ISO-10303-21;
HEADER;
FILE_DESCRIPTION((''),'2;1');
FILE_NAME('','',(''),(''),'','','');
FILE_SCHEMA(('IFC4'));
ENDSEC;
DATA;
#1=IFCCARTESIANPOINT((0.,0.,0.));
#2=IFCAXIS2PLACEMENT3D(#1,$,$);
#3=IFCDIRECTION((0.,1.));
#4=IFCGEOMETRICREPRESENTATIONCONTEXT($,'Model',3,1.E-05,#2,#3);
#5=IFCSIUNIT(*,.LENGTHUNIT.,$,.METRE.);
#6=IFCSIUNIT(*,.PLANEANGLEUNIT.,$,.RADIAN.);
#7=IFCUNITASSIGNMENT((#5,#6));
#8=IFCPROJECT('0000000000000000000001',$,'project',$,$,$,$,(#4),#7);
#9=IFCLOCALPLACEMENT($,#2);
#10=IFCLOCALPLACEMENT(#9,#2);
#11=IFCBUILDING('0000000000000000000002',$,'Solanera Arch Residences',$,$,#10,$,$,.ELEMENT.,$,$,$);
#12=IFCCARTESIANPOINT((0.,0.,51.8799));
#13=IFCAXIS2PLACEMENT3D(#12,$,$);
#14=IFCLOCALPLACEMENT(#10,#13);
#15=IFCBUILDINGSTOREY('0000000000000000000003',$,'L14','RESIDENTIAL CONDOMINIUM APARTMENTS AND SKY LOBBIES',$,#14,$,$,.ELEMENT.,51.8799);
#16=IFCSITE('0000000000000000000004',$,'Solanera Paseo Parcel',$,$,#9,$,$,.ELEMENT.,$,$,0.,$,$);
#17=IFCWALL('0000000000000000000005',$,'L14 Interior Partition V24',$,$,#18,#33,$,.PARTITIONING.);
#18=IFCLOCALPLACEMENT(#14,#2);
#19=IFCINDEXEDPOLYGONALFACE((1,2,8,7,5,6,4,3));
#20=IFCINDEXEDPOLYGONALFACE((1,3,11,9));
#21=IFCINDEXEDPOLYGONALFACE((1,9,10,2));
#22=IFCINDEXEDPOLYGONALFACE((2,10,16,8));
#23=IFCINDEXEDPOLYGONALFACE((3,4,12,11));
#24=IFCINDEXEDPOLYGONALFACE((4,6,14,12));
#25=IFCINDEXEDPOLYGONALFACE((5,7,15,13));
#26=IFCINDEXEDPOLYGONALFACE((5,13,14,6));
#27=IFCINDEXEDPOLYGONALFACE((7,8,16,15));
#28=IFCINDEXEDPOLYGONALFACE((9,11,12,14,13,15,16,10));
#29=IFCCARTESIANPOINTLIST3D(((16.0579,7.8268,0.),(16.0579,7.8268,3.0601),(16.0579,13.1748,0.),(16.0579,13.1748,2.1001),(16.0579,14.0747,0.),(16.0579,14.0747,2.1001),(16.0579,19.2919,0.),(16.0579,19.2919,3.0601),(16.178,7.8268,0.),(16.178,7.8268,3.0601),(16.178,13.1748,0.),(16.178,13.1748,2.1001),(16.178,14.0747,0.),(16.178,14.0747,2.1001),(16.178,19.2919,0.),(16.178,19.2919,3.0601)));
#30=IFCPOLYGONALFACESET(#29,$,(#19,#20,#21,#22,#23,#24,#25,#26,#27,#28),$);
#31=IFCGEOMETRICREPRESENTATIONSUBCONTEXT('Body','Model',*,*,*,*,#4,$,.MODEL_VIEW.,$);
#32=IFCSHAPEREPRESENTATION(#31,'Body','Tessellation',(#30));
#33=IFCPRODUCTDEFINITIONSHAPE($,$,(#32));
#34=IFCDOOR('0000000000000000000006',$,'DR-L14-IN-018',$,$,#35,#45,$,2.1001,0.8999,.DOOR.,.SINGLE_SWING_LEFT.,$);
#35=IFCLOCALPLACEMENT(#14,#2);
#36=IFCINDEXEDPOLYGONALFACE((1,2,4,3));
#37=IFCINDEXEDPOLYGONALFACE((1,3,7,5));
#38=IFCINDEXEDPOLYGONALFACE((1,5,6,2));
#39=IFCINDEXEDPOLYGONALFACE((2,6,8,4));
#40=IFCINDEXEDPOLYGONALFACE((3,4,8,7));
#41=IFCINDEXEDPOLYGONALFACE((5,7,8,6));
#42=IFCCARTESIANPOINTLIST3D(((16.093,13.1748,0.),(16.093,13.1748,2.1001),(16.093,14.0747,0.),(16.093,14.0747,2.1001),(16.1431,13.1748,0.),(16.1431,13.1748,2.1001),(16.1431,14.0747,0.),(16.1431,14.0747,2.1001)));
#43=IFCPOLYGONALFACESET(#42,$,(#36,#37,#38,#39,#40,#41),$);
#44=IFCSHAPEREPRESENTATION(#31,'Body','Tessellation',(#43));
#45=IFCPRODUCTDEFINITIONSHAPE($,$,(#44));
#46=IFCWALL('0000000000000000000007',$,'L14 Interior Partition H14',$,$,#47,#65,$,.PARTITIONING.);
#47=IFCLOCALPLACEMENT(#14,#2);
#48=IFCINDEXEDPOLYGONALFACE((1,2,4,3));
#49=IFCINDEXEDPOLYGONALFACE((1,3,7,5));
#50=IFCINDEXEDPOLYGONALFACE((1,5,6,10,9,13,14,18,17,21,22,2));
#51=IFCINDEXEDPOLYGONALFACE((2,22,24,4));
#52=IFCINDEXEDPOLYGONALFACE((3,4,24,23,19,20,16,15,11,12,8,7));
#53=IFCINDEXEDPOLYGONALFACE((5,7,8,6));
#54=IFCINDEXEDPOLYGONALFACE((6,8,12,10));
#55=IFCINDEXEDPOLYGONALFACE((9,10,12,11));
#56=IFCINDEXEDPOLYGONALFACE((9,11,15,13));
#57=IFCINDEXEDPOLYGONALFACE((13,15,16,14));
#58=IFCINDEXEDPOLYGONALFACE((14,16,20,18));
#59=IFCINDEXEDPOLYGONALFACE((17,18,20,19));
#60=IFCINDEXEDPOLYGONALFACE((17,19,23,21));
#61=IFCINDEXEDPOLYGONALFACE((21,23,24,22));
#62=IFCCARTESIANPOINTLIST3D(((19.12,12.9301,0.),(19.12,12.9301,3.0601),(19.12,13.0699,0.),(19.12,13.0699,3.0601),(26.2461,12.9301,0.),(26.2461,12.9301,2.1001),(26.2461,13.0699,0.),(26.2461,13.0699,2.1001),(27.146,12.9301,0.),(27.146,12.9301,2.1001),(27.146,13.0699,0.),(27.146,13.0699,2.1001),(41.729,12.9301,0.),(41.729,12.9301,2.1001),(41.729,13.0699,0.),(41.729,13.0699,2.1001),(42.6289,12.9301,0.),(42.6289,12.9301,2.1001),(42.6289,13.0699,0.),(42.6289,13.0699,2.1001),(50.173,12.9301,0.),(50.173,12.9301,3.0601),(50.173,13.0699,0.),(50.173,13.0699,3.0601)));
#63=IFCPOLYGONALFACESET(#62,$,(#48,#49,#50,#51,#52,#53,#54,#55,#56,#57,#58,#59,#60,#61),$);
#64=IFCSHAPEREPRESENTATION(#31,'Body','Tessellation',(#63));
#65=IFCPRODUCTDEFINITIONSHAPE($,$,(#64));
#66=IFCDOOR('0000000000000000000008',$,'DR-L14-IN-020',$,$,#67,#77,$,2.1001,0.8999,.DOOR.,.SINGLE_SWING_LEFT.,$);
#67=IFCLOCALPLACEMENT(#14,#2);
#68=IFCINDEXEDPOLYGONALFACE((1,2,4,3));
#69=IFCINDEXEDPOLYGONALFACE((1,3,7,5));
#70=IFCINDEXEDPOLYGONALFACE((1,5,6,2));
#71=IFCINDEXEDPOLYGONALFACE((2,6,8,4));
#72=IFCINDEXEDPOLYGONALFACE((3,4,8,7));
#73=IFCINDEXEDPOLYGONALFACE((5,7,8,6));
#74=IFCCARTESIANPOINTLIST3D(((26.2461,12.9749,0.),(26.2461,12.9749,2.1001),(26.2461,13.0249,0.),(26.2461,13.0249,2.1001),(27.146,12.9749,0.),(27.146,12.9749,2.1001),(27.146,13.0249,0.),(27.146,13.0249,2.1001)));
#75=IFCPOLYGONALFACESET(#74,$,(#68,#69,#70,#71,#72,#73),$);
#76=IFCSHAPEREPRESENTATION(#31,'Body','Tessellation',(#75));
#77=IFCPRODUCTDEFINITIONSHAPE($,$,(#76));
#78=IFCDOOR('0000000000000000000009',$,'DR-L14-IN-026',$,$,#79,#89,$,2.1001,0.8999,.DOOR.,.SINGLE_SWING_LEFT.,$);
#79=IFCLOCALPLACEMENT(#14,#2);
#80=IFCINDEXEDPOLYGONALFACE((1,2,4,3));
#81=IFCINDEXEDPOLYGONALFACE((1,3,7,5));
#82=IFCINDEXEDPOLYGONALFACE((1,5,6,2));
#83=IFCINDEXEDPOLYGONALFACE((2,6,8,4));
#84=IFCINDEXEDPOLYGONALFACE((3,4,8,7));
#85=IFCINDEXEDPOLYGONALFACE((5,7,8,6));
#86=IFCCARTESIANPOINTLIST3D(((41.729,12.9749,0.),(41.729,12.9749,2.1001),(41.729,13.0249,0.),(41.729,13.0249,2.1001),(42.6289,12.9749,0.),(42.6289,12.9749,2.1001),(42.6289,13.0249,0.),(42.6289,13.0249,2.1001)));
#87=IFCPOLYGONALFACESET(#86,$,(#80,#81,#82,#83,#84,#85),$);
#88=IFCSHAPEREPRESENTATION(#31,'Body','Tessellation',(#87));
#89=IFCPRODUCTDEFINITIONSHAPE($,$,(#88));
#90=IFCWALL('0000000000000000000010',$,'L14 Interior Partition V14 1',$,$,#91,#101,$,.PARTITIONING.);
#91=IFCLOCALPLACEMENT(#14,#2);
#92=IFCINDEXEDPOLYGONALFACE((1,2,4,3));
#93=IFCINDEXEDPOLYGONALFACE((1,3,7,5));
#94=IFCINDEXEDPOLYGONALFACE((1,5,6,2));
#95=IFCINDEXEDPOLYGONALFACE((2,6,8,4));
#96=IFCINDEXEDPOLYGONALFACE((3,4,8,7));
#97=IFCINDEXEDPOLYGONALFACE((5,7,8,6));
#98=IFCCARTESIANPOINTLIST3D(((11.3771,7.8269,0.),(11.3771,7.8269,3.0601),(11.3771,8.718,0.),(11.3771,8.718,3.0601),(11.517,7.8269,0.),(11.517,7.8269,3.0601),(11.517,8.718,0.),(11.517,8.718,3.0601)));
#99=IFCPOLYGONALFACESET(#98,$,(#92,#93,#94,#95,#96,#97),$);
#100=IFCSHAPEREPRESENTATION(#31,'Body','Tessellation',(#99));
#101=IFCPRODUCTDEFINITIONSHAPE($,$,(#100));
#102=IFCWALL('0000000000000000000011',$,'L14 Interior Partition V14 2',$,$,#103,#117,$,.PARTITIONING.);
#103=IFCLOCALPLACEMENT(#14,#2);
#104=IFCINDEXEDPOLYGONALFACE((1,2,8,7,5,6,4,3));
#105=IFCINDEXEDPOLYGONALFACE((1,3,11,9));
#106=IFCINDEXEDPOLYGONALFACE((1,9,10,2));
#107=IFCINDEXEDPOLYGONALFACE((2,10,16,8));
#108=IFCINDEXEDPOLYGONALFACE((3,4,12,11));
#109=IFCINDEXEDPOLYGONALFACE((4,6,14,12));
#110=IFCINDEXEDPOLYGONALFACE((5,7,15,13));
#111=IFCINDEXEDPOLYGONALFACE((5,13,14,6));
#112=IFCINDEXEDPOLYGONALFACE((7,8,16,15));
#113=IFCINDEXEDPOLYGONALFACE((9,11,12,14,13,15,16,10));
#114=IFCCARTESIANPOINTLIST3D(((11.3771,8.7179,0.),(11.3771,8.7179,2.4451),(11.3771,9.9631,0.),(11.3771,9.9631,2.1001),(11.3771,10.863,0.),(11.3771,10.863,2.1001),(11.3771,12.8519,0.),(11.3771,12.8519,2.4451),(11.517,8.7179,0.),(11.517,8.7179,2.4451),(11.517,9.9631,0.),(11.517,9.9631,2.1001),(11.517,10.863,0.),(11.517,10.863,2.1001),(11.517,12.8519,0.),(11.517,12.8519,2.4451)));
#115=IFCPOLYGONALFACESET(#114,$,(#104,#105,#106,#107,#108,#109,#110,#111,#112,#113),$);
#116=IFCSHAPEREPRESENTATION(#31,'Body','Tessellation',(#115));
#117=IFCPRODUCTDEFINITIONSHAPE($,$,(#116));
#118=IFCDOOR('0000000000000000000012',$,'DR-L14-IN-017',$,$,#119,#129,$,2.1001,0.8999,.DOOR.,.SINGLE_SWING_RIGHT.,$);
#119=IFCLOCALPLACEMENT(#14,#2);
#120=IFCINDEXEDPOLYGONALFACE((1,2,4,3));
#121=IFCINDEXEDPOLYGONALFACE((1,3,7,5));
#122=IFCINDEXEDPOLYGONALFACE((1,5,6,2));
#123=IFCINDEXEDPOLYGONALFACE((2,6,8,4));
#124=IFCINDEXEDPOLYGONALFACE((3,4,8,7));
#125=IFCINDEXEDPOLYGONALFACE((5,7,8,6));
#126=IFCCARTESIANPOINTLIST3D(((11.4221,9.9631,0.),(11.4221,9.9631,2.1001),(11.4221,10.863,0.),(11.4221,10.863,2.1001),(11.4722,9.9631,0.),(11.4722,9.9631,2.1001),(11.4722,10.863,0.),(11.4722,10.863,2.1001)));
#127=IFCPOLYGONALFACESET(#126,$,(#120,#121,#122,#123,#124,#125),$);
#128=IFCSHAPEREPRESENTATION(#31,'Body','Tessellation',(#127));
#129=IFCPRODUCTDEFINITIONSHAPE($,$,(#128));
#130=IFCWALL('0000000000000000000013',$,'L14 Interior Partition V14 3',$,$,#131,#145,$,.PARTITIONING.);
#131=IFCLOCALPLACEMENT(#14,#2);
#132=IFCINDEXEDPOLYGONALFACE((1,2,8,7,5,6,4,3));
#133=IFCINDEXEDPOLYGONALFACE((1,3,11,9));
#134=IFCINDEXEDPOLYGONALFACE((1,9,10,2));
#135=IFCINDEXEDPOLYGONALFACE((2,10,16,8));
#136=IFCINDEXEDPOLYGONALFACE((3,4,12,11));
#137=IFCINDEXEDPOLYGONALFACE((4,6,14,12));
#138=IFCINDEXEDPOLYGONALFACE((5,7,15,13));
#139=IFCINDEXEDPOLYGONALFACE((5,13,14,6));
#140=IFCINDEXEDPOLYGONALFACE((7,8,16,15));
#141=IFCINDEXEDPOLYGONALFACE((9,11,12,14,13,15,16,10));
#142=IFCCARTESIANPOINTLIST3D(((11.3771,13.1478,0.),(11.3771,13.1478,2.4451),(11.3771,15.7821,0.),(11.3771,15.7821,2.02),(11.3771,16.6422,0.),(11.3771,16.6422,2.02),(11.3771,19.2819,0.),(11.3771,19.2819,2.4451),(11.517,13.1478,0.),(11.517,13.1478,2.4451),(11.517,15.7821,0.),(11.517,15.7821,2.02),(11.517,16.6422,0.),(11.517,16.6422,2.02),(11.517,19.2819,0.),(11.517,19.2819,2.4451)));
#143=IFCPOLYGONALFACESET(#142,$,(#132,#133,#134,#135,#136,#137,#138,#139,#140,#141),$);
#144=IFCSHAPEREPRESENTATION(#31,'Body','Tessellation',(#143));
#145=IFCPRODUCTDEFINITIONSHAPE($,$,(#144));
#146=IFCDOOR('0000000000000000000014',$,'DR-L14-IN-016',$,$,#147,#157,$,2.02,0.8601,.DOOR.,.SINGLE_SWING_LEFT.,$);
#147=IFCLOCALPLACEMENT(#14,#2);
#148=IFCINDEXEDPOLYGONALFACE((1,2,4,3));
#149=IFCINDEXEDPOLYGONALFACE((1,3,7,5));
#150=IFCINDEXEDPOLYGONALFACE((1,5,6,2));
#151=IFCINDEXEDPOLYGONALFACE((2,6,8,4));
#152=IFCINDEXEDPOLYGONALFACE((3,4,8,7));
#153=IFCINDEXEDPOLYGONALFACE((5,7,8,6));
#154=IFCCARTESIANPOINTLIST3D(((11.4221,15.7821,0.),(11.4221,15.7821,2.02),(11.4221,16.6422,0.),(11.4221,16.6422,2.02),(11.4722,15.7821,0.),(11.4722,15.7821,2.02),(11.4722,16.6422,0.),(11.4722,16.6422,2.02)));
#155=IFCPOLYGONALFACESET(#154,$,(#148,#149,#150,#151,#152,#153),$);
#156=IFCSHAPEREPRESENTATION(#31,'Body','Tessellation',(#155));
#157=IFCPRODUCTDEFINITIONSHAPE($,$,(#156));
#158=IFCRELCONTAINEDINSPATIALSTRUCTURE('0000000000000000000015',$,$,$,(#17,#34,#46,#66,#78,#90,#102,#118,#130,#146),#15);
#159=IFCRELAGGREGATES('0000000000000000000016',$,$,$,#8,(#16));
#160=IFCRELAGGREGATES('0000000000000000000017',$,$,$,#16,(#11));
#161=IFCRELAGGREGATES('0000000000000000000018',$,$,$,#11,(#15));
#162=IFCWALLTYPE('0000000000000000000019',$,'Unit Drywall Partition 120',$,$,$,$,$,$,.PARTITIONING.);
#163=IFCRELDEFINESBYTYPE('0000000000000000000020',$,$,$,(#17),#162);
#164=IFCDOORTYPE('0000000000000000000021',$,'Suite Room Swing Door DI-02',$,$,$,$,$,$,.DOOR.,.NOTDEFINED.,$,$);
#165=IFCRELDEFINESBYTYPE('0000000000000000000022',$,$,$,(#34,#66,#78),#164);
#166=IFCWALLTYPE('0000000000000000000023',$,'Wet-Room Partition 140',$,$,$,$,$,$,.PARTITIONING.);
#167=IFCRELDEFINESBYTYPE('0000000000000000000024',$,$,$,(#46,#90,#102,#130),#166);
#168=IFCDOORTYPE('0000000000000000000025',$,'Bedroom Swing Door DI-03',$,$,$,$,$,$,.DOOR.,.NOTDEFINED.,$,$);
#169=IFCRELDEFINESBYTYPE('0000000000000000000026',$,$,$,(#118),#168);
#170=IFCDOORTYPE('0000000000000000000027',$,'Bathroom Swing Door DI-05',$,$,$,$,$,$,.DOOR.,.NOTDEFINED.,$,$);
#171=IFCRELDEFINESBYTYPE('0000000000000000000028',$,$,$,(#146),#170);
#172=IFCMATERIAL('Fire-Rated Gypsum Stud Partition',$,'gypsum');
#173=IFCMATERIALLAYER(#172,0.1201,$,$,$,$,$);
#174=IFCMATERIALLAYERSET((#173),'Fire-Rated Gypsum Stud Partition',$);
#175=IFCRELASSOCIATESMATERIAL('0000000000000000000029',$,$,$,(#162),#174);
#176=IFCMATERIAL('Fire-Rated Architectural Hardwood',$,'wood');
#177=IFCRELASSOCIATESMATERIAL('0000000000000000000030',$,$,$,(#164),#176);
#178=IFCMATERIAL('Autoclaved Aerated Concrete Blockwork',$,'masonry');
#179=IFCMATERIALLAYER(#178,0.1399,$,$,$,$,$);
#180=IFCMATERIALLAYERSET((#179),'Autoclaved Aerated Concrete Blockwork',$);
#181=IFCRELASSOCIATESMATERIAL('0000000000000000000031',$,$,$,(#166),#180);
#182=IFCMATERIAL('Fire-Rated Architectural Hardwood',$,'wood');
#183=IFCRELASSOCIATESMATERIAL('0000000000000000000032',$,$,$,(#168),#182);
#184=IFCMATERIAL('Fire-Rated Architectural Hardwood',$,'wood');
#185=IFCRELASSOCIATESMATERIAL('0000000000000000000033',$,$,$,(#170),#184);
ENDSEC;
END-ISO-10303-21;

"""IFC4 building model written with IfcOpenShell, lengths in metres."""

from ifc_helpers import new_model, si_unit, direction, frame, frame_2d, origin, place, context, subcontext, project, spatial, rectangle, extrude, material, layer, layer_set, type_object, element, fill, save


model = new_model("IFC4")

# Units and contexts
model_context = context("Model", 3, precision=1e-05, world=origin(), true_north=direction((0.0, 1.0)))
body_context = subcontext(model_context, "Body", "Model", "MODEL_VIEW")
ifc_project = project(units=[si_unit("LENGTHUNIT", "METRE"), si_unit("PLANEANGLEUNIT", "RADIAN")], contexts=[model_context])

# Site, building, storey
site_placement = place(None, origin())
site = spatial("IfcSite", under=ifc_project, at=site_placement, Name="Solanera Paseo Parcel", CompositionType="ELEMENT", RefElevation=0.0)
building_placement = place(site_placement, origin())
building = spatial("IfcBuilding", under=site, at=building_placement, Name="Solanera Arch Residences", CompositionType="ELEMENT")
storey_placement = place(building_placement, frame((0.0, 0.0, 51.8799)))
storey = spatial("IfcBuildingStorey", under=building, at=storey_placement, Name="L14", Description="RESIDENTIAL CONDOMINIUM APARTMENTS AND SKY LOBBIES", CompositionType="ELEMENT", Elevation=51.8799)

# Wall, opening, door
ifc_material_1 = material(Name="Fire-Rated Gypsum Stud Partition", Category="gypsum")
ifc_layer_1 = layer(ifc_material_1, 0.1201)
ifc_layer_set_1 = layer_set([ifc_layer_1], Name="Fire-Rated Gypsum Stud Partition")
wall_type_1 = type_object("IfcWallType", Name="Unit Drywall Partition 120", PredefinedType="PARTITIONING", material=ifc_layer_set_1)
wall_1_placement = place(storey_placement, frame((16.1179, 7.8269, 0.0), z_axis=(0.0, 0.0, 1.0), x_axis=(0.0, 1.0, 0.0)))
wall_1 = element("IfcWall", 1, at=wall_1_placement, inside=storey, type_object=wall_type_1, Name="L14 Interior Partition V24", PredefinedType="PARTITIONING", context=body_context, shape_type="SweptSolid", body=[
    extrude(rectangle(XDim=11.4651, YDim=0.1201, at=frame_2d((5.7324, 0.0))), origin(), (0.0, 0.0, 1.0), 3.0601),
])
opening_1_placement = place(wall_1_placement, frame((5.3479, 0.0, 0.0)))
opening_1 = element("IfcOpeningElement", 2, at=opening_1_placement, cuts=wall_1, PredefinedType="OPENING", context=body_context, shape_type="SweptSolid", body=[
    extrude(rectangle(XDim=0.8999, YDim=2.1001, at=frame_2d((0.45, 1.05))), frame((0.0, 0.0701, 0.0), z_axis=(0.0, -1.0, 0.0), x_axis=(1.0, 0.0, 0.0)), (0.0, 0.0, 1.0), 0.1401),
])
ifc_material_2 = material(Name="Fire-Rated Architectural Hardwood", Category="wood")
door_type_1 = type_object("IfcDoorType", Name="Suite Room Swing Door DI-02", OperationType="NOTDEFINED", PredefinedType="DOOR", material=ifc_material_2)
door_1_placement = place(opening_1_placement, origin())
door_1 = element("IfcDoor", 3, at=door_1_placement, inside=storey, type_object=door_type_1, Name="DR-L14-IN-018", OperationType="SINGLE_SWING_LEFT", OverallHeight=2.1001, OverallWidth=0.8999, PredefinedType="DOOR", context=body_context, shape_type="SweptSolid", body=[
    extrude(rectangle(XDim=0.8999, YDim=2.1001, at=frame_2d((0.45, 1.05))), frame((0.0, 0.0249, 0.0), z_axis=(0.0, -1.0, 0.0), x_axis=(1.0, 0.0, 0.0)), (0.0, 0.0, 1.0), 0.05),
])
fill(opening_1, door_1)

# Wall, openings, doors
ifc_material_3 = material(Name="Autoclaved Aerated Concrete Blockwork", Category="masonry")
ifc_layer_2 = layer(ifc_material_3, 0.1399)
ifc_layer_set_2 = layer_set([ifc_layer_2], Name="Autoclaved Aerated Concrete Blockwork")
wall_type_2 = type_object("IfcWallType", Name="Wet-Room Partition 140", PredefinedType="PARTITIONING", material=ifc_layer_set_2)
wall_2_placement = place(storey_placement, frame((19.1201, 13.0, 0.0), z_axis=(0.0, 0.0, 1.0), x_axis=(1.0, 0.0, 0.0)))
wall_2 = element("IfcWall", 4, at=wall_2_placement, inside=storey, type_object=wall_type_2, Name="L14 Interior Partition H14", PredefinedType="PARTITIONING", context=body_context, shape_type="SweptSolid", body=[
    extrude(rectangle(XDim=31.053, YDim=0.1399, at=frame_2d((15.5264, 0.0))), origin(), (0.0, 0.0, 1.0), 3.0601),
])
opening_2_placement = place(wall_2_placement, frame((7.126, 0.0, 0.0)))
opening_2 = element("IfcOpeningElement", 5, at=opening_2_placement, cuts=wall_2, PredefinedType="OPENING", context=body_context, shape_type="SweptSolid", body=[
    extrude(rectangle(XDim=0.8999, YDim=2.1001, at=frame_2d((0.45, 1.05))), frame((0.0, 0.0798, 0.0), z_axis=(0.0, -1.0, 0.0), x_axis=(1.0, 0.0, 0.0)), (0.0, 0.0, 1.0), 0.1599),
])
opening_3_placement = place(wall_2_placement, frame((22.6089, 0.0, 0.0)))
opening_3 = element("IfcOpeningElement", 6, at=opening_3_placement, cuts=wall_2, PredefinedType="OPENING", context=body_context, shape_type="SweptSolid", body=[
    extrude(rectangle(XDim=0.8999, YDim=2.1001, at=frame_2d((0.45, 1.05))), frame((0.0, 0.0798, 0.0), z_axis=(0.0, -1.0, 0.0), x_axis=(1.0, 0.0, 0.0)), (0.0, 0.0, 1.0), 0.1599),
])
door_2_placement = place(opening_2_placement, origin())
door_2 = element("IfcDoor", 7, at=door_2_placement, inside=storey, type_object=door_type_1, Name="DR-L14-IN-020", OperationType="SINGLE_SWING_LEFT", OverallHeight=2.1001, OverallWidth=0.8999, PredefinedType="DOOR", context=body_context, shape_type="SweptSolid", body=[
    extrude(rectangle(XDim=0.8999, YDim=2.1001, at=frame_2d((0.45, 1.05))), frame((0.0, 0.0249, 0.0), z_axis=(0.0, -1.0, 0.0), x_axis=(1.0, 0.0, 0.0)), (0.0, 0.0, 1.0), 0.05),
])
fill(opening_2, door_2)
door_3_placement = place(opening_3_placement, origin())
door_3 = element("IfcDoor", 8, at=door_3_placement, inside=storey, type_object=door_type_1, Name="DR-L14-IN-026", OperationType="SINGLE_SWING_LEFT", OverallHeight=2.1001, OverallWidth=0.8999, PredefinedType="DOOR", context=body_context, shape_type="SweptSolid", body=[
    extrude(rectangle(XDim=0.8999, YDim=2.1001, at=frame_2d((0.45, 1.05))), frame((0.0, 0.0249, 0.0), z_axis=(0.0, -1.0, 0.0), x_axis=(1.0, 0.0, 0.0)), (0.0, 0.0, 1.0), 0.05),
])
fill(opening_3, door_3)

# Wall
wall_3_placement = place(storey_placement, frame((11.447, 7.8269, 0.0), z_axis=(0.0, 0.0, 1.0), x_axis=(0.0, 1.0, 0.0)))
element("IfcWall", 9, at=wall_3_placement, inside=storey, type_object=wall_type_2, Name="L14 Interior Partition V14 1", PredefinedType="PARTITIONING", context=body_context, shape_type="SweptSolid", body=[
    extrude(rectangle(XDim=0.8911, YDim=0.1399, at=frame_2d((0.4456, 0.0))), origin(), (0.0, 0.0, 1.0), 3.0601),
])

# Walls, openings, doors
wall_4_placement = place(storey_placement, frame((11.447, 8.718, 0.0), z_axis=(0.0, 0.0, 1.0), x_axis=(0.0, 1.0, 0.0)))
wall_4 = element("IfcWall", 10, at=wall_4_placement, inside=storey, type_object=wall_type_2, Name="L14 Interior Partition V14 2", PredefinedType="PARTITIONING", context=body_context, shape_type="SweptSolid", body=[
    extrude(rectangle(XDim=4.134, YDim=0.1399, at=frame_2d((2.0669, 0.0))), origin(), (0.0, 0.0, 1.0), 2.4451),
])
opening_4_placement = place(wall_4_placement, frame((1.2451, 0.0, 0.0)))
opening_4 = element("IfcOpeningElement", 11, at=opening_4_placement, cuts=wall_4, PredefinedType="OPENING", context=body_context, shape_type="SweptSolid", body=[
    extrude(rectangle(XDim=0.8999, YDim=2.1001, at=frame_2d((0.45, 1.05))), frame((0.0, 0.0798, 0.0), z_axis=(0.0, -1.0, 0.0), x_axis=(1.0, 0.0, 0.0)), (0.0, 0.0, 1.0), 0.1599),
])
ifc_material_4 = material(Name="Fire-Rated Architectural Hardwood", Category="wood")
door_type_2 = type_object("IfcDoorType", Name="Bedroom Swing Door DI-03", OperationType="NOTDEFINED", PredefinedType="DOOR", material=ifc_material_4)
door_4_placement = place(opening_4_placement, origin())
door_4 = element("IfcDoor", 12, at=door_4_placement, inside=storey, type_object=door_type_2, Name="DR-L14-IN-017", OperationType="SINGLE_SWING_RIGHT", OverallHeight=2.1001, OverallWidth=0.8999, PredefinedType="DOOR", context=body_context, shape_type="SweptSolid", body=[
    extrude(rectangle(XDim=0.8999, YDim=2.1001, at=frame_2d((0.45, 1.05))), frame((0.0, 0.0249, 0.0), z_axis=(0.0, -1.0, 0.0), x_axis=(1.0, 0.0, 0.0)), (0.0, 0.0, 1.0), 0.05),
])
fill(opening_4, door_4)
wall_5_placement = place(storey_placement, frame((11.447, 13.1479, 0.0), z_axis=(0.0, 0.0, 1.0), x_axis=(0.0, 1.0, 0.0)))
wall_5 = element("IfcWall", 13, at=wall_5_placement, inside=storey, type_object=wall_type_2, Name="L14 Interior Partition V14 3", PredefinedType="PARTITIONING", context=body_context, shape_type="SweptSolid", body=[
    extrude(rectangle(XDim=6.134, YDim=0.1399, at=frame_2d((3.0669, 0.0))), origin(), (0.0, 0.0, 1.0), 2.4451),
])
opening_5_placement = place(wall_5_placement, frame((2.634, 0.0, 0.0)))
opening_5 = element("IfcOpeningElement", 14, at=opening_5_placement, cuts=wall_5, PredefinedType="OPENING", context=body_context, shape_type="SweptSolid", body=[
    extrude(rectangle(XDim=0.8601, YDim=2.02, at=frame_2d((0.4302, 1.01))), frame((0.0, 0.0798, 0.0), z_axis=(0.0, -1.0, 0.0), x_axis=(1.0, 0.0, 0.0)), (0.0, 0.0, 1.0), 0.1599),
])
ifc_material_5 = material(Name="Fire-Rated Architectural Hardwood", Category="wood")
door_type_3 = type_object("IfcDoorType", Name="Bathroom Swing Door DI-05", OperationType="NOTDEFINED", PredefinedType="DOOR", material=ifc_material_5)
door_5_placement = place(opening_5_placement, origin())
door_5 = element("IfcDoor", 15, at=door_5_placement, inside=storey, type_object=door_type_3, Name="DR-L14-IN-016", OperationType="SINGLE_SWING_LEFT", OverallHeight=2.02, OverallWidth=0.8601, PredefinedType="DOOR", context=body_context, shape_type="SweptSolid", body=[
    extrude(rectangle(XDim=0.8601, YDim=2.02, at=frame_2d((0.4302, 1.01))), frame((0.0, 0.0249, 0.0), z_axis=(0.0, -1.0, 0.0), x_axis=(1.0, 0.0, 0.0)), (0.0, 0.0, 1.0), 0.05),
])
fill(opening_5, door_5)

save(model, "model.ifc")
